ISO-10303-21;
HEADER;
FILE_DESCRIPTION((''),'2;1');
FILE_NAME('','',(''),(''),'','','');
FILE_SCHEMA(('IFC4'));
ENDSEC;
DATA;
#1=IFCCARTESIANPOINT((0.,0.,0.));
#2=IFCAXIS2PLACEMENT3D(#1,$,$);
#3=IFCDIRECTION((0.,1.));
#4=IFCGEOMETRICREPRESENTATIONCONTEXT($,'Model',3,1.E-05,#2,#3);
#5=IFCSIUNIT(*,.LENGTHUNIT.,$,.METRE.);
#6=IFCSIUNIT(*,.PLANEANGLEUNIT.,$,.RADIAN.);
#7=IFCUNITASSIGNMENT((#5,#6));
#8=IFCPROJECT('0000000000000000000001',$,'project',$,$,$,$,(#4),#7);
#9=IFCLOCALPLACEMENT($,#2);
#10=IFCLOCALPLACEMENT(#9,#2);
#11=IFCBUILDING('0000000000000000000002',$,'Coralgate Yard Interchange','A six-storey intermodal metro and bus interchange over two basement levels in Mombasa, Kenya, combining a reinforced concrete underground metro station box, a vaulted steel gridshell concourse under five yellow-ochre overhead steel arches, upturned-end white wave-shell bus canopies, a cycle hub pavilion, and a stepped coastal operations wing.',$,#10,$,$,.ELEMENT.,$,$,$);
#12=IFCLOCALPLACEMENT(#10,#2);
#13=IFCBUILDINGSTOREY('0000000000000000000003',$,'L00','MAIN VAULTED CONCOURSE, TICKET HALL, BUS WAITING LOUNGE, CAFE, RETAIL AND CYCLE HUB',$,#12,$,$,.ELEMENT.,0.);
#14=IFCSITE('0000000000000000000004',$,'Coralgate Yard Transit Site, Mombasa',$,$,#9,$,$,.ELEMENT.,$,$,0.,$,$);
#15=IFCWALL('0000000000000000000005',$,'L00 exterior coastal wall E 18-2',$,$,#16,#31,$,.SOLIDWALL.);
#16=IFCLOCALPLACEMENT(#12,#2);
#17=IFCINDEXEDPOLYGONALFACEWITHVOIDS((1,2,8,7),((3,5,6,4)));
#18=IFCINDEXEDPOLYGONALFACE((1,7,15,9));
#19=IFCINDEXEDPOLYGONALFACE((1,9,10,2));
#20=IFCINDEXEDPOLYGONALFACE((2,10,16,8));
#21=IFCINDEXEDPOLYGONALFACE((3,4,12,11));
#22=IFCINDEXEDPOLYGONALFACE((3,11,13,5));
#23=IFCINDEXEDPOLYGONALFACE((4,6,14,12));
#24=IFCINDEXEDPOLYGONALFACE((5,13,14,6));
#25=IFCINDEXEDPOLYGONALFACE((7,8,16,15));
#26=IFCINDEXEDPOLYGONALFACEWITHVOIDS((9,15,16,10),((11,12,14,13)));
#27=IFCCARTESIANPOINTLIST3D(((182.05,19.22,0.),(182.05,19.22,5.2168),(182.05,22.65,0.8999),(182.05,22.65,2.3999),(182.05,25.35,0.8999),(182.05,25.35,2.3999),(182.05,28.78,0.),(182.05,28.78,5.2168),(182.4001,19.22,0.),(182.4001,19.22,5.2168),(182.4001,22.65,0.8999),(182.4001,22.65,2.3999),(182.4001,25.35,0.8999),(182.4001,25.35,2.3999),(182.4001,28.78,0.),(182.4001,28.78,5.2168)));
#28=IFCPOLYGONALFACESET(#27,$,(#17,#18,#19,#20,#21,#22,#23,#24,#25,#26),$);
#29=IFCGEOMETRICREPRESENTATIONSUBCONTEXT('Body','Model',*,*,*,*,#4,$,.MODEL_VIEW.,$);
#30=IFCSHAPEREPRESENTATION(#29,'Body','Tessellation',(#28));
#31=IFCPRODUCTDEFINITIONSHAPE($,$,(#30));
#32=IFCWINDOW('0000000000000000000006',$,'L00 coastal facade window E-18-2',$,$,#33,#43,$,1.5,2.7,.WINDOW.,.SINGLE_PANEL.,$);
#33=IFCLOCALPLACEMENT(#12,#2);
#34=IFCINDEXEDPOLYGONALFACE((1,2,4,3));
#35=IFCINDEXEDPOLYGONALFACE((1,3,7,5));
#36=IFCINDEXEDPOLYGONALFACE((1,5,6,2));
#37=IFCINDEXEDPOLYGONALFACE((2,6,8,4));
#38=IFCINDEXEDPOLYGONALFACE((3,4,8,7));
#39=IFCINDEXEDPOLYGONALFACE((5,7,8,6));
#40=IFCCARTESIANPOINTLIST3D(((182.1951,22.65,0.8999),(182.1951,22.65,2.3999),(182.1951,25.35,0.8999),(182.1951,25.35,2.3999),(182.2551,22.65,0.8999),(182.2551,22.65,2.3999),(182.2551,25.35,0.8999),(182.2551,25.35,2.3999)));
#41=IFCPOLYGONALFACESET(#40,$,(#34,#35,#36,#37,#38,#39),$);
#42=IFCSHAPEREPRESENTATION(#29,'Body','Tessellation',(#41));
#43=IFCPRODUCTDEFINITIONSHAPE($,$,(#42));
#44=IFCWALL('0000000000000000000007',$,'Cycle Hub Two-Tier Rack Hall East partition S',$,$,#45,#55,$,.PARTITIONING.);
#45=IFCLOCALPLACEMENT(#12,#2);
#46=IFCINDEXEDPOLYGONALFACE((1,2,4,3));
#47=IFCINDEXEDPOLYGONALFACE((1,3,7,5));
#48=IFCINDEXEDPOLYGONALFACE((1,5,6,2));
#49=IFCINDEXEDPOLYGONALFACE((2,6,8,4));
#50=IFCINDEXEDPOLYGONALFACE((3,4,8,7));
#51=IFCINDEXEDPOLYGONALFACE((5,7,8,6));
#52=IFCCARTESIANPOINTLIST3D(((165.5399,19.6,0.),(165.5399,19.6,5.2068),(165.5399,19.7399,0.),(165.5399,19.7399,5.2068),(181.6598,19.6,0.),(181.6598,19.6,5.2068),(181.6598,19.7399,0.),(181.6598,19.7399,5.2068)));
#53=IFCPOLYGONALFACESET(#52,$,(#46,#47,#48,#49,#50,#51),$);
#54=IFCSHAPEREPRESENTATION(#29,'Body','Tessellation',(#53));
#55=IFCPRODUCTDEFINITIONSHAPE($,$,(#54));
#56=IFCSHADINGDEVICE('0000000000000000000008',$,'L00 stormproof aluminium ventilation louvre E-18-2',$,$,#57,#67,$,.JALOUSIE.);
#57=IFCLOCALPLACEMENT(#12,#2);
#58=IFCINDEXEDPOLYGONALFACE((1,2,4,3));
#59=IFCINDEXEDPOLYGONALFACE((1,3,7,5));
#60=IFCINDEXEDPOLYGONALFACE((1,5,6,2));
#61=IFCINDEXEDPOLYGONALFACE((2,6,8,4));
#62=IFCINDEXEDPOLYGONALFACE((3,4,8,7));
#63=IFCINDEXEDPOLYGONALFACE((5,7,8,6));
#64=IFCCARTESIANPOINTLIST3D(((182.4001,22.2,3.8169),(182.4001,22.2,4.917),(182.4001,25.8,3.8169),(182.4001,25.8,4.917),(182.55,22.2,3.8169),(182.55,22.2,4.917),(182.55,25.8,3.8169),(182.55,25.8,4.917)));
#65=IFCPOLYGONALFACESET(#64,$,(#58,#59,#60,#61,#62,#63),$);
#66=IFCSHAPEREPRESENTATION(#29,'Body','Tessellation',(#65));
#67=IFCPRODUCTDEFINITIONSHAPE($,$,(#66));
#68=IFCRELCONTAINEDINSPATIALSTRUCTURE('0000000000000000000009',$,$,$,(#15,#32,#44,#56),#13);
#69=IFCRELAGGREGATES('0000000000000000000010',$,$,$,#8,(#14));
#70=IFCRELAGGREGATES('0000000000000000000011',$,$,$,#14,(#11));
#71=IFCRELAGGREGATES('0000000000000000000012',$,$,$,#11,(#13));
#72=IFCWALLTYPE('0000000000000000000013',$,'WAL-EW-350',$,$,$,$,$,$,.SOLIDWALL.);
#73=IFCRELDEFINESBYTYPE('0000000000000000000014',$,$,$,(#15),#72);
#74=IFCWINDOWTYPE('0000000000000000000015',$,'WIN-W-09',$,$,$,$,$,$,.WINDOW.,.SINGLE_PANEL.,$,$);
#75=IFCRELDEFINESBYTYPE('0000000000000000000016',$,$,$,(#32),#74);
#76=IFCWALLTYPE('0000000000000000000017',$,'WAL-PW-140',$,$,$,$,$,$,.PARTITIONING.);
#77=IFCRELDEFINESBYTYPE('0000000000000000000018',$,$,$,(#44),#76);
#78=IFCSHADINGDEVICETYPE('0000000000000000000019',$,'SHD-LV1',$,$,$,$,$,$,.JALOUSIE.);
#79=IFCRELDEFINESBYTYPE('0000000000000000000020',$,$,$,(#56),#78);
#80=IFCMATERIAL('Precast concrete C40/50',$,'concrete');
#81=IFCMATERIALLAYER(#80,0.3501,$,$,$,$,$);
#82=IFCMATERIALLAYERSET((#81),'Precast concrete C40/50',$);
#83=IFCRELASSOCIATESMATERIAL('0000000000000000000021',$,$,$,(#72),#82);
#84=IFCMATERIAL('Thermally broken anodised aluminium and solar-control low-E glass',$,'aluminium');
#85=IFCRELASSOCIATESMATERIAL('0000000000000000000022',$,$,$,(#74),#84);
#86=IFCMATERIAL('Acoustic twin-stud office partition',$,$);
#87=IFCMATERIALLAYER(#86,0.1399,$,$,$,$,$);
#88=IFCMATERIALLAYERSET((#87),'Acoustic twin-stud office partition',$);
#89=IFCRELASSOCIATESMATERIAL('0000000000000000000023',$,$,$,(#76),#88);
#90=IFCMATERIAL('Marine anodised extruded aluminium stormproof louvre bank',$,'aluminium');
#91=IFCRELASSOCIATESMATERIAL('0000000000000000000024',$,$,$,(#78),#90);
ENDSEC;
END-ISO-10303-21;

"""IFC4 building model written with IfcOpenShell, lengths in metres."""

from ifc_helpers import new_model, si_unit, direction, frame, frame_2d, origin, origin_2d, place, context, subcontext, project, spatial, rectangle, extrude, material, layer, layer_set, type_object, element, fill, save


model = new_model("IFC4")

# Units and contexts
model_context = context("Model", 3, precision=1e-05, world=origin(), true_north=direction((0.0, 1.0)))
body_context = subcontext(model_context, "Body", "Model", "MODEL_VIEW")
ifc_project = project(units=[si_unit("LENGTHUNIT", "METRE"), si_unit("PLANEANGLEUNIT", "RADIAN")], contexts=[model_context])

# Site, building, storey
site_placement = place(None, origin())
site = spatial("IfcSite", under=ifc_project, at=site_placement, Name="Coralgate Yard Transit Site, Mombasa", CompositionType="ELEMENT", RefElevation=0.0)
building_placement = place(site_placement, origin())
building = spatial("IfcBuilding", under=site, at=building_placement, Name="Coralgate Yard Interchange", Description="A six-storey intermodal metro and bus interchange over two basement levels in Mombasa, Kenya, combining a reinforced concrete underground metro station box, a vaulted steel gridshell concourse under five yellow-ochre overhead steel arches, upturned-end white wave-shell bus canopies, a cycle hub pavilion, and a stepped coastal operations wing.", CompositionType="ELEMENT")
storey_placement = place(building_placement, origin())
storey = spatial("IfcBuildingStorey", under=building, at=storey_placement, Name="L00", Description="MAIN VAULTED CONCOURSE, TICKET HALL, BUS WAITING LOUNGE, CAFE, RETAIL AND CYCLE HUB", CompositionType="ELEMENT", Elevation=0.0)

# Wall, opening, window
ifc_material_1 = material(Name="Precast concrete C40/50", Category="concrete")
ifc_layer_1 = layer(ifc_material_1, 0.3501)
ifc_layer_set_1 = layer_set([ifc_layer_1], Name="Precast concrete C40/50")
wall_type_1 = type_object("IfcWallType", Name="WAL-EW-350", PredefinedType="SOLIDWALL", material=ifc_layer_set_1)
wall_1_placement = place(storey_placement, frame((182.2251, 28.78, 0.0), z_axis=(0.0, 0.0, 1.0), x_axis=(0.0, -1.0, 0.0)))
wall_1 = element("IfcWall", 1, at=wall_1_placement, inside=storey, type_object=wall_type_1, Name="L00 exterior coastal wall E 18-2", PredefinedType="SOLIDWALL", context=body_context, shape_type="SweptSolid", body=[
    extrude(rectangle(XDim=9.5601, YDim=0.3501, at=frame_2d((4.78, 0.0))), origin(), (0.0, 0.0, 1.0), 5.2168),
])
opening_placement = place(wall_1_placement, frame((3.4299, 0.0, 0.8999)))
opening = element("IfcOpeningElement", 2, at=opening_placement, cuts=wall_1, PredefinedType="OPENING", context=body_context, shape_type="SweptSolid", body=[
    extrude(rectangle(XDim=2.7, YDim=1.5, at=frame_2d((1.3501, 0.75))), frame((0.0, 0.1851, 0.0), z_axis=(0.0, -1.0, 0.0), x_axis=(1.0, 0.0, 0.0)), (0.0, 0.0, 1.0), 0.3701),
])
ifc_material_2 = material(Name="Thermally broken anodised aluminium and solar-control low-E glass", Category="aluminium")
window_type = type_object("IfcWindowType", Name="WIN-W-09", PartitioningType="SINGLE_PANEL", PredefinedType="WINDOW", material=ifc_material_2)
window_placement = place(opening_placement, origin())
window = element("IfcWindow", 3, at=window_placement, inside=storey, type_object=window_type, Name="L00 coastal facade window E-18-2", OverallHeight=1.5, OverallWidth=2.7, PartitioningType="SINGLE_PANEL", PredefinedType="WINDOW", context=body_context, shape_type="SweptSolid", body=[
    extrude(rectangle(XDim=2.7, YDim=1.5, at=frame_2d((1.3501, 0.75))), frame((0.0, 0.03, 0.0), z_axis=(0.0, -1.0, 0.0), x_axis=(1.0, 0.0, 0.0)), (0.0, 0.0, 1.0), 0.0601),
])
fill(opening, window)

# Wall
ifc_material_3 = material(Name="Acoustic twin-stud office partition")
ifc_layer_2 = layer(ifc_material_3, 0.1399)
ifc_layer_set_2 = layer_set([ifc_layer_2], Name="Acoustic twin-stud office partition")
wall_type_2 = type_object("IfcWallType", Name="WAL-PW-140", PredefinedType="PARTITIONING", material=ifc_layer_set_2)
wall_2_placement = place(storey_placement, frame((181.6599, 19.6699, 0.0), z_axis=(0.0, 0.0, 1.0), x_axis=(-1.0, 0.0, 0.0)))
element("IfcWall", 4, at=wall_2_placement, inside=storey, type_object=wall_type_2, Name="Cycle Hub Two-Tier Rack Hall East partition S", PredefinedType="PARTITIONING", context=body_context, shape_type="SweptSolid", body=[
    extrude(rectangle(XDim=16.1199, YDim=0.1399, at=frame_2d((8.0601, 0.0))), origin(), (0.0, 0.0, 1.0), 5.2068),
])

# Shading device
ifc_material_4 = material(Name="Marine anodised extruded aluminium stormproof louvre bank", Category="aluminium")
shading_device_type = type_object("IfcShadingDeviceType", Name="SHD-LV1", PredefinedType="JALOUSIE", material=ifc_material_4)
shading_device_placement = place(storey_placement, frame((182.4751, 24.0, 3.8169), z_axis=(0.0, 0.0, 1.0), x_axis=(0.0, -1.0, 0.0)))
element("IfcShadingDevice", 5, at=shading_device_placement, inside=storey, type_object=shading_device_type, Name="L00 stormproof aluminium ventilation louvre E-18-2", PredefinedType="JALOUSIE", context=body_context, shape_type="SweptSolid", body=[
    extrude(rectangle(XDim=3.6001, YDim=0.1499, at=origin_2d()), origin(), (0.0, 0.0, 1.0), 1.1001),
])

save(model, "model.ifc")
